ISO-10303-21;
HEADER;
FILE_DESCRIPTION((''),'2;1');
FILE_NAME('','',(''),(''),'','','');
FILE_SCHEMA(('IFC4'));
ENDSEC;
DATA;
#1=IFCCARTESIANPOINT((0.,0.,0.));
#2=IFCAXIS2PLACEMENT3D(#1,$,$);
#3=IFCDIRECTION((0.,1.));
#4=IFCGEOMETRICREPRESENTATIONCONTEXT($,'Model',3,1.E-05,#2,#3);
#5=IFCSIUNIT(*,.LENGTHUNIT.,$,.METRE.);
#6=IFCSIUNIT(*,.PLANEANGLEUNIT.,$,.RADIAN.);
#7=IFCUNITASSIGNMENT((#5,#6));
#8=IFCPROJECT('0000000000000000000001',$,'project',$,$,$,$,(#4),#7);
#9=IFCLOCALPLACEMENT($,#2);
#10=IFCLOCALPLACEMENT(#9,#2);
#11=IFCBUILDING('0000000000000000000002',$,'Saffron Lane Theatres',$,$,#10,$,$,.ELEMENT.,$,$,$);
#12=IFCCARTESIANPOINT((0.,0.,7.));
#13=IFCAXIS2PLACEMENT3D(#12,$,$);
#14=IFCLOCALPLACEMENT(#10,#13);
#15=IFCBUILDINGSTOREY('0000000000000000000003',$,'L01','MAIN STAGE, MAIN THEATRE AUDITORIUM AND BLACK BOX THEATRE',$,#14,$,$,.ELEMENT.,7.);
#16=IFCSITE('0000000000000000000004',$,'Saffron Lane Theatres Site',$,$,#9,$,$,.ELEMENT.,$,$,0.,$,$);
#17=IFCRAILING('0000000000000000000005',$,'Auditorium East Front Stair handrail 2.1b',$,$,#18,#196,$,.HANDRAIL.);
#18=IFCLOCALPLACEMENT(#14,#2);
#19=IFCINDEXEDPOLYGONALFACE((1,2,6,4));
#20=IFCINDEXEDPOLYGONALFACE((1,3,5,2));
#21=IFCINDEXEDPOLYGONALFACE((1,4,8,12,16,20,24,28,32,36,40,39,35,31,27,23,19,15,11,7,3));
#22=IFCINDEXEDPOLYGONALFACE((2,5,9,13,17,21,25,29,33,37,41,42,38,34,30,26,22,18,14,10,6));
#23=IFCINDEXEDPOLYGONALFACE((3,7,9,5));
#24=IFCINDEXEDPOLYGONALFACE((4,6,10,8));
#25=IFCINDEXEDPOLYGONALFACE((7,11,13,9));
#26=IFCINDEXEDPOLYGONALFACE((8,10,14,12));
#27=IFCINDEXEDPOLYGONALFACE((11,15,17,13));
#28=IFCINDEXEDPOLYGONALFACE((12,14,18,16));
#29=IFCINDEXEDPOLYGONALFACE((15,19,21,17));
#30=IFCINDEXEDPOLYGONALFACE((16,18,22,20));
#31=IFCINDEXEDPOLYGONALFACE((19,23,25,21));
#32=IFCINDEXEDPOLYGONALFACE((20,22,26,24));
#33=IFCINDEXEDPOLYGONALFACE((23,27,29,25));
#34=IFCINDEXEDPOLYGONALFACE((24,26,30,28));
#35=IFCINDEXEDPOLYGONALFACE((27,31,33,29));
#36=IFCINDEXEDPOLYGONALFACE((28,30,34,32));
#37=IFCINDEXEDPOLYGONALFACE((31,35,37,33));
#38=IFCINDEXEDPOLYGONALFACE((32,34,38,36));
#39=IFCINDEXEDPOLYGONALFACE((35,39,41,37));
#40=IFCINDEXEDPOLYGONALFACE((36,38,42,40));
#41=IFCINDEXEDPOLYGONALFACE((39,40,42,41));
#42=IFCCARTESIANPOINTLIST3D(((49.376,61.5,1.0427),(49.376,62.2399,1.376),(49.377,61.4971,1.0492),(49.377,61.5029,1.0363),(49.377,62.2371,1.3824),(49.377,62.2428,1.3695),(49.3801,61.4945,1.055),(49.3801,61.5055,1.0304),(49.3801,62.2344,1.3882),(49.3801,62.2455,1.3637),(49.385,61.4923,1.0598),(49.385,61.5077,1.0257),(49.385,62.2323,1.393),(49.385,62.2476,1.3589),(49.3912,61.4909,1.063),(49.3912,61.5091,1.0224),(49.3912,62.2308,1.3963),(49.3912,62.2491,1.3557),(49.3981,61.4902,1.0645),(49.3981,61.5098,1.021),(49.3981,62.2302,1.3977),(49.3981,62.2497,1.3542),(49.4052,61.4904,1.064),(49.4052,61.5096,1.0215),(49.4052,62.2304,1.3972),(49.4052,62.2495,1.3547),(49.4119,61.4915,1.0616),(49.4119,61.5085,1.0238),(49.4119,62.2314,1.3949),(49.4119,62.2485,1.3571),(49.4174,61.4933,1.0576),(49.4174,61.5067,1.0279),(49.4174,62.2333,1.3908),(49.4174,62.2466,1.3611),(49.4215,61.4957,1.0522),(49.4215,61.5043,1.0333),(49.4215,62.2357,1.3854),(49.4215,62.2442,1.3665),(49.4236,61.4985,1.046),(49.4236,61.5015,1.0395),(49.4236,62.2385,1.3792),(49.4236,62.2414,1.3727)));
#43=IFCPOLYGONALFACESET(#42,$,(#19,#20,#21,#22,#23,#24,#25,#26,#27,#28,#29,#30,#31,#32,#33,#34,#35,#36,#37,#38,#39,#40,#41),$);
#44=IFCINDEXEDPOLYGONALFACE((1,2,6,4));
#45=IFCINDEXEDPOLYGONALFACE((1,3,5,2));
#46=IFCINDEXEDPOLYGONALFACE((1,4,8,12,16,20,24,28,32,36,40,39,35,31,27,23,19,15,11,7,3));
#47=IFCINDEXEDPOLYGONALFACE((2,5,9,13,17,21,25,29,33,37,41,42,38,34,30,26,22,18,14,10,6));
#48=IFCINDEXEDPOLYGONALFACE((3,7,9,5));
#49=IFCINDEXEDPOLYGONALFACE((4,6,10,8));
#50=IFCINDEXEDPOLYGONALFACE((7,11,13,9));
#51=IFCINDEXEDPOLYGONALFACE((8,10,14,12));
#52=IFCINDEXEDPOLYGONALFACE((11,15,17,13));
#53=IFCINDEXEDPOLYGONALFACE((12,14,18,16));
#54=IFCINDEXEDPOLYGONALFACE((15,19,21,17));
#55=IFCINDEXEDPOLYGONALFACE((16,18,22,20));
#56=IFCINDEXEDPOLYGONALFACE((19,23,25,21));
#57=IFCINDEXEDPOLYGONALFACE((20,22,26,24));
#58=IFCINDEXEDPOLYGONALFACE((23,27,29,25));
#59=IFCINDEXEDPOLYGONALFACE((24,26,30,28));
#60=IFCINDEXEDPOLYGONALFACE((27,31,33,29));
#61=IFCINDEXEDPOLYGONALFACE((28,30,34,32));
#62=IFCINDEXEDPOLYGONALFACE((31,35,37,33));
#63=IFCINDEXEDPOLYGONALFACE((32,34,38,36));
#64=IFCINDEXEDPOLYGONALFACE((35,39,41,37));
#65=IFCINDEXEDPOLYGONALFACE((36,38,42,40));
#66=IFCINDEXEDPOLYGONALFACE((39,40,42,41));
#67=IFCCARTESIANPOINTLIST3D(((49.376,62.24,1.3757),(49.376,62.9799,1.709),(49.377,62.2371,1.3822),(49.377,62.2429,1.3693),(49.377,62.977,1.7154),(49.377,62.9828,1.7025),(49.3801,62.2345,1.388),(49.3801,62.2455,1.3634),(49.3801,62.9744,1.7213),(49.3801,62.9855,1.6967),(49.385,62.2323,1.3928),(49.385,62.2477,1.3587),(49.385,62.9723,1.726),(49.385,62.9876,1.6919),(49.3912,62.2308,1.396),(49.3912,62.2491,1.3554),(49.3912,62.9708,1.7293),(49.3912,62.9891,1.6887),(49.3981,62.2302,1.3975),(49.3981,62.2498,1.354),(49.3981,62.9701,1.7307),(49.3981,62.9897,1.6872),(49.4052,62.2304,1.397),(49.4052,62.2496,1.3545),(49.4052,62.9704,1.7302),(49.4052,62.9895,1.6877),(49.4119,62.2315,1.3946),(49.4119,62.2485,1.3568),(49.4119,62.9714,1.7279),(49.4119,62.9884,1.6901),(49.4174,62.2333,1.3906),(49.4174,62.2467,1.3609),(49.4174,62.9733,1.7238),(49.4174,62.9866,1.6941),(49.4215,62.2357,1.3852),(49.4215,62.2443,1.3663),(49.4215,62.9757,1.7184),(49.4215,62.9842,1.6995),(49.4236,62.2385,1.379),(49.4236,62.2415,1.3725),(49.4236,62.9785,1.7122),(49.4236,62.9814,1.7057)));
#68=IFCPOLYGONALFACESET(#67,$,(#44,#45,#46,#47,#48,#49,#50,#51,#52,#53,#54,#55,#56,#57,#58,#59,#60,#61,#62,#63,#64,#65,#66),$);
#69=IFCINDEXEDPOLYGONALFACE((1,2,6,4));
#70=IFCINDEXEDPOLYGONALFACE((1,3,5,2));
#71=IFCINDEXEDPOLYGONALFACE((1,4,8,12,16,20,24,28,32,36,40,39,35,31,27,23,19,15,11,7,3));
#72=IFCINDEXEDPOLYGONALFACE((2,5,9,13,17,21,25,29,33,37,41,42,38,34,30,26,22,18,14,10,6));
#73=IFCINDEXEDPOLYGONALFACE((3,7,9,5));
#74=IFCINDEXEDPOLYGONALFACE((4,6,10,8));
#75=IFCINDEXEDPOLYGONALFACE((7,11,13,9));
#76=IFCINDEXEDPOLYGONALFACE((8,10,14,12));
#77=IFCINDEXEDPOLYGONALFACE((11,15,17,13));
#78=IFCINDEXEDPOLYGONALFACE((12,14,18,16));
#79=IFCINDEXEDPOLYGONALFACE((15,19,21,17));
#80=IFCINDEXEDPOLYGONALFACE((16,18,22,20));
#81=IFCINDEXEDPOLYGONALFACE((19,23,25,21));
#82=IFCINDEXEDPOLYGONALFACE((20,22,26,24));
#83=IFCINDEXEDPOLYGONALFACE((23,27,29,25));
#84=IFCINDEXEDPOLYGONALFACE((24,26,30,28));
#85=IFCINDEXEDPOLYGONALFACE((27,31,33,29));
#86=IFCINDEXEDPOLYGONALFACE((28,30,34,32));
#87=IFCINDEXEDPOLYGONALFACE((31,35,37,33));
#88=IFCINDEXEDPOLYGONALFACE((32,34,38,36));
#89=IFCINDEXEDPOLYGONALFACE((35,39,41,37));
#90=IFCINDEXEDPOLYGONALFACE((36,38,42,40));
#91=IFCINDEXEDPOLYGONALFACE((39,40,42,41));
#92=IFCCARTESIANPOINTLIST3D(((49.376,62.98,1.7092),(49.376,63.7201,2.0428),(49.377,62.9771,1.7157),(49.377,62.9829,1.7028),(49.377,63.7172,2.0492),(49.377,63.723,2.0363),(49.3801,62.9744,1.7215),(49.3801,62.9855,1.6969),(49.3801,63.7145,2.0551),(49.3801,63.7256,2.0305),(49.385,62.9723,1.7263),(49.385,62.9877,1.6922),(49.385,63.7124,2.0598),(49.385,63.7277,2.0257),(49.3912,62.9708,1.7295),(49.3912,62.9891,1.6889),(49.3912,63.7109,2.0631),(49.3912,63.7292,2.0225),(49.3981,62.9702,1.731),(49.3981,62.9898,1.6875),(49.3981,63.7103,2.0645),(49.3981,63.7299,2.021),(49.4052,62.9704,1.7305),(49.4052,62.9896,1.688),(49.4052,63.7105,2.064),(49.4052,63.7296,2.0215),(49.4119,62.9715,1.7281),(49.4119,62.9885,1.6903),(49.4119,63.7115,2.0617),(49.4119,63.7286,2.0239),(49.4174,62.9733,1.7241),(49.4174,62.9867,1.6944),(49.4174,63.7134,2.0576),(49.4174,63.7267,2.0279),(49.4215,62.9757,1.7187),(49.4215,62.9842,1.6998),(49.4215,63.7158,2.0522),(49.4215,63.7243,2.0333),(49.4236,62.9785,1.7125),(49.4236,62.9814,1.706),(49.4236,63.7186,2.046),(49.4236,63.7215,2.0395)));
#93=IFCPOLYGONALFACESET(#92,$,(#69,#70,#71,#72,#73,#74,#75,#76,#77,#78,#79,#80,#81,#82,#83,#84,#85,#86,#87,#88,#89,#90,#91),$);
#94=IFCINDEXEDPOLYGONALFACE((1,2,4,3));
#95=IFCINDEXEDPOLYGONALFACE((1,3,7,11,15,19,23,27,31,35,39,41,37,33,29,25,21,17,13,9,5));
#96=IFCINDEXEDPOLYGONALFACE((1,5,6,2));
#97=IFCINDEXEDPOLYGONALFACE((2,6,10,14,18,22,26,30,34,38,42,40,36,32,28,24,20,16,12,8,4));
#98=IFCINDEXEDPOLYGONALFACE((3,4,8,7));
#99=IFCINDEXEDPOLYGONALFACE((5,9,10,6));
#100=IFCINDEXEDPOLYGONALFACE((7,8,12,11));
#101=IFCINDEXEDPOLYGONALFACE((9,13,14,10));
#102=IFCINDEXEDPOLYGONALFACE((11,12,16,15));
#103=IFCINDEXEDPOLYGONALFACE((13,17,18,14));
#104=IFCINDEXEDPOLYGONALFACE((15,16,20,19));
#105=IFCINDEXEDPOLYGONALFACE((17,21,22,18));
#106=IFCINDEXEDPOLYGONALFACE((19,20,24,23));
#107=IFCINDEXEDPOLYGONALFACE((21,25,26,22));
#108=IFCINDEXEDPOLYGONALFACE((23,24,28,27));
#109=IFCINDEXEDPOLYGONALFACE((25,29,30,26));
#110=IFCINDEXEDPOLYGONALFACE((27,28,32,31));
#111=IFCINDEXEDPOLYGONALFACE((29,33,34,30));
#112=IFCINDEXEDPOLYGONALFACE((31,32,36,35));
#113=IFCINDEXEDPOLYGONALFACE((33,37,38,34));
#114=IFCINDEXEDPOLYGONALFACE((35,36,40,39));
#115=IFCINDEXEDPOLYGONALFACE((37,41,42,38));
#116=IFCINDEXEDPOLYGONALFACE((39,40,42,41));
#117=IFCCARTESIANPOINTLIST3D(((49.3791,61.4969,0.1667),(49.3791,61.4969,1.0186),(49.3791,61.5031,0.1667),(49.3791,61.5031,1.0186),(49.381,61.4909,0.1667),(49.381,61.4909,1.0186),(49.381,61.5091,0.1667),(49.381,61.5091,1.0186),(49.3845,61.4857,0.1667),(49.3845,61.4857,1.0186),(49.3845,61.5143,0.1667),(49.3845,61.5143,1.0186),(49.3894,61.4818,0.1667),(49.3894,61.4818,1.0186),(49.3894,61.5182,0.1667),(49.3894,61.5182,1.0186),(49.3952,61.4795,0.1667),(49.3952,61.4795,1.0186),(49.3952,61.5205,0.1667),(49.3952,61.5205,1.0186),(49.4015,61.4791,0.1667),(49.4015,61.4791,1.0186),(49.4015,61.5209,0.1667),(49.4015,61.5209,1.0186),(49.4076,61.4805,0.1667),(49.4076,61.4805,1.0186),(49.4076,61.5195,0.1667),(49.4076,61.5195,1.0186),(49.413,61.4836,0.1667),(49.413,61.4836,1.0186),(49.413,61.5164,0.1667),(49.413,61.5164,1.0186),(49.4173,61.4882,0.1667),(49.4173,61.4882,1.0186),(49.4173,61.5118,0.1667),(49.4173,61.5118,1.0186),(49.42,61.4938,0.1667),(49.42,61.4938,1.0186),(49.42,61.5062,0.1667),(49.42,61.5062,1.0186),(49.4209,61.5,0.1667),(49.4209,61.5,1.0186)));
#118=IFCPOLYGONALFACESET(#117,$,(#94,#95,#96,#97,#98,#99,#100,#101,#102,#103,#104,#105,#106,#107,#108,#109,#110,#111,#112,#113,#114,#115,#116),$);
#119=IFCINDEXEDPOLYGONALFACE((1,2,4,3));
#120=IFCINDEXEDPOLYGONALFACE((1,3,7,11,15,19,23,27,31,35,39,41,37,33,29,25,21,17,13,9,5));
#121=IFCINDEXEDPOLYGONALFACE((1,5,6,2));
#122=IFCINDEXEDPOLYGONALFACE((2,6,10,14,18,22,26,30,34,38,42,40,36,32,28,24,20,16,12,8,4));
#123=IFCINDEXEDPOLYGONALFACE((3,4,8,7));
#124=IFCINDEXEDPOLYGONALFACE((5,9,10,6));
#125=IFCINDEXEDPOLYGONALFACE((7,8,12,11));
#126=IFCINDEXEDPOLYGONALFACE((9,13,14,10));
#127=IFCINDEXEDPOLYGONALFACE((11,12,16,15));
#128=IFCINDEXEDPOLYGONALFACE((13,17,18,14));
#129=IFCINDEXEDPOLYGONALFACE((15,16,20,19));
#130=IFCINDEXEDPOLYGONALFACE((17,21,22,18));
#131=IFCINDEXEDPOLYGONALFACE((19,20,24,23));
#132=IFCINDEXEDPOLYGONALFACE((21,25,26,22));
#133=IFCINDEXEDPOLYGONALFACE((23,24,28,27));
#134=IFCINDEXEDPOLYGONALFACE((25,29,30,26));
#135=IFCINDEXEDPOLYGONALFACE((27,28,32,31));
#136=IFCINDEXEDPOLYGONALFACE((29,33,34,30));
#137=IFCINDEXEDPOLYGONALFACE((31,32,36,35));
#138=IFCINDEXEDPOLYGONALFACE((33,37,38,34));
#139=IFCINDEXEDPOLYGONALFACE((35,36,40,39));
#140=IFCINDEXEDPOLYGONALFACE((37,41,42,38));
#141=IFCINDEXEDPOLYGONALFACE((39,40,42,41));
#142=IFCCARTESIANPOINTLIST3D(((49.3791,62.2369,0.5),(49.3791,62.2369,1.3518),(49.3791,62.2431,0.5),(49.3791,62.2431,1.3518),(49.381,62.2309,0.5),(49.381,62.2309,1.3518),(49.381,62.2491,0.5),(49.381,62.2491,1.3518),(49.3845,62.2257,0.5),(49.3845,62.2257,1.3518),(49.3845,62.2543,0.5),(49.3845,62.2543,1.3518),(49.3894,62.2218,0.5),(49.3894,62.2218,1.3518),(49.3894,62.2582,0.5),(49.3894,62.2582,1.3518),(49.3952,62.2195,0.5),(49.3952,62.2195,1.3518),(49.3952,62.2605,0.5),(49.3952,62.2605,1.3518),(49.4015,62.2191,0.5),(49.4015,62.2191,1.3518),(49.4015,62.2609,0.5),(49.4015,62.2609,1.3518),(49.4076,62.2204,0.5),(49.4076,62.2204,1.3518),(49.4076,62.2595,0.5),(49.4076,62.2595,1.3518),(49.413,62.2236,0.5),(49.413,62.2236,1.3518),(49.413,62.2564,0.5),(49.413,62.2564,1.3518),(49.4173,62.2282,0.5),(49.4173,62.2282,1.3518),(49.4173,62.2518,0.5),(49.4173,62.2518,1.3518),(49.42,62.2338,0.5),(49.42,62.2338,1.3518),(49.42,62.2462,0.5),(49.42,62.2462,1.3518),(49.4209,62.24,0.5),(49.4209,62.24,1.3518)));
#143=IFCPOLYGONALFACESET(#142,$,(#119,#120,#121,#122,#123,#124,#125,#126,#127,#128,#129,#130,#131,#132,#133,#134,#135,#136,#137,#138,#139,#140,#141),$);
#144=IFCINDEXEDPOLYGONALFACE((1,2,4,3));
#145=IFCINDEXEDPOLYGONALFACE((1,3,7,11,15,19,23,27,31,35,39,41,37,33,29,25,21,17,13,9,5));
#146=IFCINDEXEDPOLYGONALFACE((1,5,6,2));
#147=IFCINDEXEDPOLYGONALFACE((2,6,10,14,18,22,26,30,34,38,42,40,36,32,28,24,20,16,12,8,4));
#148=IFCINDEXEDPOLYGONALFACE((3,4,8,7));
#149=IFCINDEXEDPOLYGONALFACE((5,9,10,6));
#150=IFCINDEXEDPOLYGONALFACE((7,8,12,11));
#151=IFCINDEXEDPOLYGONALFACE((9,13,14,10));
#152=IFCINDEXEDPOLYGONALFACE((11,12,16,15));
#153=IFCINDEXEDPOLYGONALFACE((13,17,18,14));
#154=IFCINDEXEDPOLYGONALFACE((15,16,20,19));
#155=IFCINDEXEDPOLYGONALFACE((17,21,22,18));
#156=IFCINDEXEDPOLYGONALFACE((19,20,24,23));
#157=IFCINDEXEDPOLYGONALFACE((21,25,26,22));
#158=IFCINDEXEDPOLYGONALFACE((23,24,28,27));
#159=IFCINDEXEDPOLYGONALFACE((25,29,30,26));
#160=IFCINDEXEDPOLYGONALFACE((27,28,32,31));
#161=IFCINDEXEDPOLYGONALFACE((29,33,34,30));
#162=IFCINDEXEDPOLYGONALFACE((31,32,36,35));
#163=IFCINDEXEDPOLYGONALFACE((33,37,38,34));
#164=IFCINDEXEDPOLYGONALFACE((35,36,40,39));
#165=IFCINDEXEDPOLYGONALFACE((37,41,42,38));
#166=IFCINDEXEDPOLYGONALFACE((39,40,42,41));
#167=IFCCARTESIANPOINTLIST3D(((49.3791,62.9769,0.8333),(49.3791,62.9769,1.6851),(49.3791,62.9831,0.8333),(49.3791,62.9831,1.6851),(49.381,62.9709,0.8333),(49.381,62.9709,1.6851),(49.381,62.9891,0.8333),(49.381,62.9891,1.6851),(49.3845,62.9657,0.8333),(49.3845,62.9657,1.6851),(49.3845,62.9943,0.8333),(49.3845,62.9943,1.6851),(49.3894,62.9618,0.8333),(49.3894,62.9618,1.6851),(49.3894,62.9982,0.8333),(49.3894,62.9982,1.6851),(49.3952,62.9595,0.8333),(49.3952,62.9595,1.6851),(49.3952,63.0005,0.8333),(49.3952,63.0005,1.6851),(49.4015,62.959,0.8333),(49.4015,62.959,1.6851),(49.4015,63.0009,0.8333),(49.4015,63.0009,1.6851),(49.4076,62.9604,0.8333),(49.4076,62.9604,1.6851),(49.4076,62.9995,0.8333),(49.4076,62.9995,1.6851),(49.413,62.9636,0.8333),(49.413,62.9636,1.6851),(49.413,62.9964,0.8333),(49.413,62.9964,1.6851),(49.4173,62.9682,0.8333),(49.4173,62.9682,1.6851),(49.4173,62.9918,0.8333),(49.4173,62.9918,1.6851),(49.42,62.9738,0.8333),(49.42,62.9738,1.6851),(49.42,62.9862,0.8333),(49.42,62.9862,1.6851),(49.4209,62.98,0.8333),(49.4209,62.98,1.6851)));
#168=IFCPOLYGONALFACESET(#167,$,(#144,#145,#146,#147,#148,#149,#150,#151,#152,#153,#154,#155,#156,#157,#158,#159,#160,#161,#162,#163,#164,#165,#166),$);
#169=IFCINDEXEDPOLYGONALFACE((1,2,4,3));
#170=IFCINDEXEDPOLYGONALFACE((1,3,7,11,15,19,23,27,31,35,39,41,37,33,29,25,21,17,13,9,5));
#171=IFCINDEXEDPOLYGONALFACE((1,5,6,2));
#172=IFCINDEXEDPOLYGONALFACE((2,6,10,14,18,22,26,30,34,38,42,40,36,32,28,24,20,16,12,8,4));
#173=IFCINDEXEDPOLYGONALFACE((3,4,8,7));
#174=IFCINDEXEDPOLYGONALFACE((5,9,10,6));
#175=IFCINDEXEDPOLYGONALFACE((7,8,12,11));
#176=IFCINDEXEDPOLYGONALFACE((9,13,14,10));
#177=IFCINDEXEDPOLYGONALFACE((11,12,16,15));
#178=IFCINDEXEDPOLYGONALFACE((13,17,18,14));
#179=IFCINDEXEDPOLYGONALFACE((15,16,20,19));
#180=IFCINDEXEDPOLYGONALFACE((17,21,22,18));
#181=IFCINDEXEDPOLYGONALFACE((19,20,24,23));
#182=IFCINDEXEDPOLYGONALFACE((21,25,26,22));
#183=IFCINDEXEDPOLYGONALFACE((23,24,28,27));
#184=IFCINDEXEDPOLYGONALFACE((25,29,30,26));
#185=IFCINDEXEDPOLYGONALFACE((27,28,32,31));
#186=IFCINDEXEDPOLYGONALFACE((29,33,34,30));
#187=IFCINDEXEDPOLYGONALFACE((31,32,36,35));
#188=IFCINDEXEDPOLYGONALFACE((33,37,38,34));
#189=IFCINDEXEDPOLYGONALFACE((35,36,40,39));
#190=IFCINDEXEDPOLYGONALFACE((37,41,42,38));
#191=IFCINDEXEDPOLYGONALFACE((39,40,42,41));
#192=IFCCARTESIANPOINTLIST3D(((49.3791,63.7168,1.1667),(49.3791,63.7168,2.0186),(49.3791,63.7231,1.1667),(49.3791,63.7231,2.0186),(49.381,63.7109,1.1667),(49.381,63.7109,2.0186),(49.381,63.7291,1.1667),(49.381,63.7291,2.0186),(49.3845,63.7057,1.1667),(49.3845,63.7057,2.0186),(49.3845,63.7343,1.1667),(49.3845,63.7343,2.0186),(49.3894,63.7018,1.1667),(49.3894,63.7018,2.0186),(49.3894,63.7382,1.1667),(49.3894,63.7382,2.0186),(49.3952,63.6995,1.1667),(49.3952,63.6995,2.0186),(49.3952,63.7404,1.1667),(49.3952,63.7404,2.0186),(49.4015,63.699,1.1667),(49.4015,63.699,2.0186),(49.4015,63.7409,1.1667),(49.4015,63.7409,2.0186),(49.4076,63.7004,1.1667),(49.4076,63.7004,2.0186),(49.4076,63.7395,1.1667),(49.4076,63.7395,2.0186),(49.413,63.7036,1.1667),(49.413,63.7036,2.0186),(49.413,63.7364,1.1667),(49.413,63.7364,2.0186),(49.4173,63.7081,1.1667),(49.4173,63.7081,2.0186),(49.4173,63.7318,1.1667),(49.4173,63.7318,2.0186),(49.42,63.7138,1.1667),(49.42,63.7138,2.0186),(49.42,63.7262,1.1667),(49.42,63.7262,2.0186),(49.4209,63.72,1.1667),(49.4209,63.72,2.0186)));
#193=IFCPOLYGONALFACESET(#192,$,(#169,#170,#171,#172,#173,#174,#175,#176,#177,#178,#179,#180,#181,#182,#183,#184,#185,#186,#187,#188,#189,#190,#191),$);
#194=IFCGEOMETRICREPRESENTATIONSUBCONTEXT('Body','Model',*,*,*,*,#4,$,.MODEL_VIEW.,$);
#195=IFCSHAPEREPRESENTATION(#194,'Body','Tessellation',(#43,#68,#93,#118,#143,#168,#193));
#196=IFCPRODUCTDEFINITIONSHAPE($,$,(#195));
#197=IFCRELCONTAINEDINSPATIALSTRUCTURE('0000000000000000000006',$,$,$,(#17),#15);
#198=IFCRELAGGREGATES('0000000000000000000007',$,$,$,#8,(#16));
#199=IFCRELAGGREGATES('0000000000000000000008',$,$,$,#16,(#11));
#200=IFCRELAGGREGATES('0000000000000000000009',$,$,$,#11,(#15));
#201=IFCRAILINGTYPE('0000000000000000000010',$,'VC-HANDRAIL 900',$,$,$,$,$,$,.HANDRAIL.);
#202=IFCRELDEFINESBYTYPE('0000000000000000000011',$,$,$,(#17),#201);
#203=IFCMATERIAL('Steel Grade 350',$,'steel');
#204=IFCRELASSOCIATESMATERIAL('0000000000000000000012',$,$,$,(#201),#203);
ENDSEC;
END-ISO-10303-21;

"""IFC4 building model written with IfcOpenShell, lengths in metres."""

from ifc_helpers import new_model, si_unit, direction, frame, origin, origin_2d, place, context, subcontext, project, spatial, circle, extrude, material, type_object, element, save


model = new_model("IFC4")

# Units and contexts
model_context = context("Model", 3, precision=1e-05, world=origin(), true_north=direction((0.0, 1.0)))
body_context = subcontext(model_context, "Body", "Model", "MODEL_VIEW")
ifc_project = project(units=[si_unit("LENGTHUNIT", "METRE"), si_unit("PLANEANGLEUNIT", "RADIAN")], contexts=[model_context])

# Site, building, storey
site_placement = place(None, origin())
site = spatial("IfcSite", under=ifc_project, at=site_placement, Name="Saffron Lane Theatres Site", CompositionType="ELEMENT", RefElevation=0.0)
building_placement = place(site_placement, origin())
building = spatial("IfcBuilding", under=site, at=building_placement, Name="Saffron Lane Theatres", CompositionType="ELEMENT")
storey_placement = place(building_placement, frame((0.0, 0.0, 7.0)))
storey = spatial("IfcBuildingStorey", under=building, at=storey_placement, Name="L01", Description="MAIN STAGE, MAIN THEATRE AUDITORIUM AND BLACK BOX THEATRE", CompositionType="ELEMENT", Elevation=7.0)

# Railing
ifc_material_1 = material(Name="Steel Grade 350", Category="steel")
railing_type_1 = type_object("IfcRailingType", Name="VC-HANDRAIL 900", PredefinedType="HANDRAIL", material=ifc_material_1)
railing_1_placement = place(storey_placement, frame((49.3999, 61.5, 0.1667)))
element("IfcRailing", 1, at=railing_1_placement, inside=storey, type_object=railing_type_1, Name="Auditorium East Front Stair handrail 2.1b", PredefinedType="HANDRAIL", context=body_context, shape_type="SweptSolid", body=[
    extrude(circle(Radius=0.0239, at=origin_2d()), frame((0.0, 0.0, 0.876), z_axis=(0.0, 0.911803, 0.410627), x_axis=(-1.0, 0.0, 0.0)), (0.0, 0.0, 1.0), 0.8115),
    extrude(circle(Radius=0.0239, at=origin_2d()), frame((0.0, 0.74, 1.209), z_axis=(0.0, 0.911803, 0.410627), x_axis=(-1.0, 0.0, 0.0)), (0.0, 0.0, 1.0), 0.8115),
    extrude(circle(Radius=0.0239, at=origin_2d()), frame((0.0, 1.48, 1.5425), z_axis=(0.0, 0.911691, 0.410877), x_axis=(-1.0, 0.0, 0.0)), (0.0, 0.0, 1.0), 0.8118),
    extrude(circle(Radius=0.021, at=origin_2d()), origin(), (0.0, 0.0, 1.0), 0.8518),
    extrude(circle(Radius=0.021, at=origin_2d()), frame((0.0, 0.74, 0.3333)), (0.0, 0.0, 1.0), 0.8518),
    extrude(circle(Radius=0.021, at=origin_2d()), frame((0.0, 1.48, 0.6665)), (0.0, 0.0, 1.0), 0.8518),
    extrude(circle(Radius=0.021, at=origin_2d()), frame((0.0, 2.22, 1.0)), (0.0, 0.0, 1.0), 0.8518),
])

save(model, "model.ifc")
